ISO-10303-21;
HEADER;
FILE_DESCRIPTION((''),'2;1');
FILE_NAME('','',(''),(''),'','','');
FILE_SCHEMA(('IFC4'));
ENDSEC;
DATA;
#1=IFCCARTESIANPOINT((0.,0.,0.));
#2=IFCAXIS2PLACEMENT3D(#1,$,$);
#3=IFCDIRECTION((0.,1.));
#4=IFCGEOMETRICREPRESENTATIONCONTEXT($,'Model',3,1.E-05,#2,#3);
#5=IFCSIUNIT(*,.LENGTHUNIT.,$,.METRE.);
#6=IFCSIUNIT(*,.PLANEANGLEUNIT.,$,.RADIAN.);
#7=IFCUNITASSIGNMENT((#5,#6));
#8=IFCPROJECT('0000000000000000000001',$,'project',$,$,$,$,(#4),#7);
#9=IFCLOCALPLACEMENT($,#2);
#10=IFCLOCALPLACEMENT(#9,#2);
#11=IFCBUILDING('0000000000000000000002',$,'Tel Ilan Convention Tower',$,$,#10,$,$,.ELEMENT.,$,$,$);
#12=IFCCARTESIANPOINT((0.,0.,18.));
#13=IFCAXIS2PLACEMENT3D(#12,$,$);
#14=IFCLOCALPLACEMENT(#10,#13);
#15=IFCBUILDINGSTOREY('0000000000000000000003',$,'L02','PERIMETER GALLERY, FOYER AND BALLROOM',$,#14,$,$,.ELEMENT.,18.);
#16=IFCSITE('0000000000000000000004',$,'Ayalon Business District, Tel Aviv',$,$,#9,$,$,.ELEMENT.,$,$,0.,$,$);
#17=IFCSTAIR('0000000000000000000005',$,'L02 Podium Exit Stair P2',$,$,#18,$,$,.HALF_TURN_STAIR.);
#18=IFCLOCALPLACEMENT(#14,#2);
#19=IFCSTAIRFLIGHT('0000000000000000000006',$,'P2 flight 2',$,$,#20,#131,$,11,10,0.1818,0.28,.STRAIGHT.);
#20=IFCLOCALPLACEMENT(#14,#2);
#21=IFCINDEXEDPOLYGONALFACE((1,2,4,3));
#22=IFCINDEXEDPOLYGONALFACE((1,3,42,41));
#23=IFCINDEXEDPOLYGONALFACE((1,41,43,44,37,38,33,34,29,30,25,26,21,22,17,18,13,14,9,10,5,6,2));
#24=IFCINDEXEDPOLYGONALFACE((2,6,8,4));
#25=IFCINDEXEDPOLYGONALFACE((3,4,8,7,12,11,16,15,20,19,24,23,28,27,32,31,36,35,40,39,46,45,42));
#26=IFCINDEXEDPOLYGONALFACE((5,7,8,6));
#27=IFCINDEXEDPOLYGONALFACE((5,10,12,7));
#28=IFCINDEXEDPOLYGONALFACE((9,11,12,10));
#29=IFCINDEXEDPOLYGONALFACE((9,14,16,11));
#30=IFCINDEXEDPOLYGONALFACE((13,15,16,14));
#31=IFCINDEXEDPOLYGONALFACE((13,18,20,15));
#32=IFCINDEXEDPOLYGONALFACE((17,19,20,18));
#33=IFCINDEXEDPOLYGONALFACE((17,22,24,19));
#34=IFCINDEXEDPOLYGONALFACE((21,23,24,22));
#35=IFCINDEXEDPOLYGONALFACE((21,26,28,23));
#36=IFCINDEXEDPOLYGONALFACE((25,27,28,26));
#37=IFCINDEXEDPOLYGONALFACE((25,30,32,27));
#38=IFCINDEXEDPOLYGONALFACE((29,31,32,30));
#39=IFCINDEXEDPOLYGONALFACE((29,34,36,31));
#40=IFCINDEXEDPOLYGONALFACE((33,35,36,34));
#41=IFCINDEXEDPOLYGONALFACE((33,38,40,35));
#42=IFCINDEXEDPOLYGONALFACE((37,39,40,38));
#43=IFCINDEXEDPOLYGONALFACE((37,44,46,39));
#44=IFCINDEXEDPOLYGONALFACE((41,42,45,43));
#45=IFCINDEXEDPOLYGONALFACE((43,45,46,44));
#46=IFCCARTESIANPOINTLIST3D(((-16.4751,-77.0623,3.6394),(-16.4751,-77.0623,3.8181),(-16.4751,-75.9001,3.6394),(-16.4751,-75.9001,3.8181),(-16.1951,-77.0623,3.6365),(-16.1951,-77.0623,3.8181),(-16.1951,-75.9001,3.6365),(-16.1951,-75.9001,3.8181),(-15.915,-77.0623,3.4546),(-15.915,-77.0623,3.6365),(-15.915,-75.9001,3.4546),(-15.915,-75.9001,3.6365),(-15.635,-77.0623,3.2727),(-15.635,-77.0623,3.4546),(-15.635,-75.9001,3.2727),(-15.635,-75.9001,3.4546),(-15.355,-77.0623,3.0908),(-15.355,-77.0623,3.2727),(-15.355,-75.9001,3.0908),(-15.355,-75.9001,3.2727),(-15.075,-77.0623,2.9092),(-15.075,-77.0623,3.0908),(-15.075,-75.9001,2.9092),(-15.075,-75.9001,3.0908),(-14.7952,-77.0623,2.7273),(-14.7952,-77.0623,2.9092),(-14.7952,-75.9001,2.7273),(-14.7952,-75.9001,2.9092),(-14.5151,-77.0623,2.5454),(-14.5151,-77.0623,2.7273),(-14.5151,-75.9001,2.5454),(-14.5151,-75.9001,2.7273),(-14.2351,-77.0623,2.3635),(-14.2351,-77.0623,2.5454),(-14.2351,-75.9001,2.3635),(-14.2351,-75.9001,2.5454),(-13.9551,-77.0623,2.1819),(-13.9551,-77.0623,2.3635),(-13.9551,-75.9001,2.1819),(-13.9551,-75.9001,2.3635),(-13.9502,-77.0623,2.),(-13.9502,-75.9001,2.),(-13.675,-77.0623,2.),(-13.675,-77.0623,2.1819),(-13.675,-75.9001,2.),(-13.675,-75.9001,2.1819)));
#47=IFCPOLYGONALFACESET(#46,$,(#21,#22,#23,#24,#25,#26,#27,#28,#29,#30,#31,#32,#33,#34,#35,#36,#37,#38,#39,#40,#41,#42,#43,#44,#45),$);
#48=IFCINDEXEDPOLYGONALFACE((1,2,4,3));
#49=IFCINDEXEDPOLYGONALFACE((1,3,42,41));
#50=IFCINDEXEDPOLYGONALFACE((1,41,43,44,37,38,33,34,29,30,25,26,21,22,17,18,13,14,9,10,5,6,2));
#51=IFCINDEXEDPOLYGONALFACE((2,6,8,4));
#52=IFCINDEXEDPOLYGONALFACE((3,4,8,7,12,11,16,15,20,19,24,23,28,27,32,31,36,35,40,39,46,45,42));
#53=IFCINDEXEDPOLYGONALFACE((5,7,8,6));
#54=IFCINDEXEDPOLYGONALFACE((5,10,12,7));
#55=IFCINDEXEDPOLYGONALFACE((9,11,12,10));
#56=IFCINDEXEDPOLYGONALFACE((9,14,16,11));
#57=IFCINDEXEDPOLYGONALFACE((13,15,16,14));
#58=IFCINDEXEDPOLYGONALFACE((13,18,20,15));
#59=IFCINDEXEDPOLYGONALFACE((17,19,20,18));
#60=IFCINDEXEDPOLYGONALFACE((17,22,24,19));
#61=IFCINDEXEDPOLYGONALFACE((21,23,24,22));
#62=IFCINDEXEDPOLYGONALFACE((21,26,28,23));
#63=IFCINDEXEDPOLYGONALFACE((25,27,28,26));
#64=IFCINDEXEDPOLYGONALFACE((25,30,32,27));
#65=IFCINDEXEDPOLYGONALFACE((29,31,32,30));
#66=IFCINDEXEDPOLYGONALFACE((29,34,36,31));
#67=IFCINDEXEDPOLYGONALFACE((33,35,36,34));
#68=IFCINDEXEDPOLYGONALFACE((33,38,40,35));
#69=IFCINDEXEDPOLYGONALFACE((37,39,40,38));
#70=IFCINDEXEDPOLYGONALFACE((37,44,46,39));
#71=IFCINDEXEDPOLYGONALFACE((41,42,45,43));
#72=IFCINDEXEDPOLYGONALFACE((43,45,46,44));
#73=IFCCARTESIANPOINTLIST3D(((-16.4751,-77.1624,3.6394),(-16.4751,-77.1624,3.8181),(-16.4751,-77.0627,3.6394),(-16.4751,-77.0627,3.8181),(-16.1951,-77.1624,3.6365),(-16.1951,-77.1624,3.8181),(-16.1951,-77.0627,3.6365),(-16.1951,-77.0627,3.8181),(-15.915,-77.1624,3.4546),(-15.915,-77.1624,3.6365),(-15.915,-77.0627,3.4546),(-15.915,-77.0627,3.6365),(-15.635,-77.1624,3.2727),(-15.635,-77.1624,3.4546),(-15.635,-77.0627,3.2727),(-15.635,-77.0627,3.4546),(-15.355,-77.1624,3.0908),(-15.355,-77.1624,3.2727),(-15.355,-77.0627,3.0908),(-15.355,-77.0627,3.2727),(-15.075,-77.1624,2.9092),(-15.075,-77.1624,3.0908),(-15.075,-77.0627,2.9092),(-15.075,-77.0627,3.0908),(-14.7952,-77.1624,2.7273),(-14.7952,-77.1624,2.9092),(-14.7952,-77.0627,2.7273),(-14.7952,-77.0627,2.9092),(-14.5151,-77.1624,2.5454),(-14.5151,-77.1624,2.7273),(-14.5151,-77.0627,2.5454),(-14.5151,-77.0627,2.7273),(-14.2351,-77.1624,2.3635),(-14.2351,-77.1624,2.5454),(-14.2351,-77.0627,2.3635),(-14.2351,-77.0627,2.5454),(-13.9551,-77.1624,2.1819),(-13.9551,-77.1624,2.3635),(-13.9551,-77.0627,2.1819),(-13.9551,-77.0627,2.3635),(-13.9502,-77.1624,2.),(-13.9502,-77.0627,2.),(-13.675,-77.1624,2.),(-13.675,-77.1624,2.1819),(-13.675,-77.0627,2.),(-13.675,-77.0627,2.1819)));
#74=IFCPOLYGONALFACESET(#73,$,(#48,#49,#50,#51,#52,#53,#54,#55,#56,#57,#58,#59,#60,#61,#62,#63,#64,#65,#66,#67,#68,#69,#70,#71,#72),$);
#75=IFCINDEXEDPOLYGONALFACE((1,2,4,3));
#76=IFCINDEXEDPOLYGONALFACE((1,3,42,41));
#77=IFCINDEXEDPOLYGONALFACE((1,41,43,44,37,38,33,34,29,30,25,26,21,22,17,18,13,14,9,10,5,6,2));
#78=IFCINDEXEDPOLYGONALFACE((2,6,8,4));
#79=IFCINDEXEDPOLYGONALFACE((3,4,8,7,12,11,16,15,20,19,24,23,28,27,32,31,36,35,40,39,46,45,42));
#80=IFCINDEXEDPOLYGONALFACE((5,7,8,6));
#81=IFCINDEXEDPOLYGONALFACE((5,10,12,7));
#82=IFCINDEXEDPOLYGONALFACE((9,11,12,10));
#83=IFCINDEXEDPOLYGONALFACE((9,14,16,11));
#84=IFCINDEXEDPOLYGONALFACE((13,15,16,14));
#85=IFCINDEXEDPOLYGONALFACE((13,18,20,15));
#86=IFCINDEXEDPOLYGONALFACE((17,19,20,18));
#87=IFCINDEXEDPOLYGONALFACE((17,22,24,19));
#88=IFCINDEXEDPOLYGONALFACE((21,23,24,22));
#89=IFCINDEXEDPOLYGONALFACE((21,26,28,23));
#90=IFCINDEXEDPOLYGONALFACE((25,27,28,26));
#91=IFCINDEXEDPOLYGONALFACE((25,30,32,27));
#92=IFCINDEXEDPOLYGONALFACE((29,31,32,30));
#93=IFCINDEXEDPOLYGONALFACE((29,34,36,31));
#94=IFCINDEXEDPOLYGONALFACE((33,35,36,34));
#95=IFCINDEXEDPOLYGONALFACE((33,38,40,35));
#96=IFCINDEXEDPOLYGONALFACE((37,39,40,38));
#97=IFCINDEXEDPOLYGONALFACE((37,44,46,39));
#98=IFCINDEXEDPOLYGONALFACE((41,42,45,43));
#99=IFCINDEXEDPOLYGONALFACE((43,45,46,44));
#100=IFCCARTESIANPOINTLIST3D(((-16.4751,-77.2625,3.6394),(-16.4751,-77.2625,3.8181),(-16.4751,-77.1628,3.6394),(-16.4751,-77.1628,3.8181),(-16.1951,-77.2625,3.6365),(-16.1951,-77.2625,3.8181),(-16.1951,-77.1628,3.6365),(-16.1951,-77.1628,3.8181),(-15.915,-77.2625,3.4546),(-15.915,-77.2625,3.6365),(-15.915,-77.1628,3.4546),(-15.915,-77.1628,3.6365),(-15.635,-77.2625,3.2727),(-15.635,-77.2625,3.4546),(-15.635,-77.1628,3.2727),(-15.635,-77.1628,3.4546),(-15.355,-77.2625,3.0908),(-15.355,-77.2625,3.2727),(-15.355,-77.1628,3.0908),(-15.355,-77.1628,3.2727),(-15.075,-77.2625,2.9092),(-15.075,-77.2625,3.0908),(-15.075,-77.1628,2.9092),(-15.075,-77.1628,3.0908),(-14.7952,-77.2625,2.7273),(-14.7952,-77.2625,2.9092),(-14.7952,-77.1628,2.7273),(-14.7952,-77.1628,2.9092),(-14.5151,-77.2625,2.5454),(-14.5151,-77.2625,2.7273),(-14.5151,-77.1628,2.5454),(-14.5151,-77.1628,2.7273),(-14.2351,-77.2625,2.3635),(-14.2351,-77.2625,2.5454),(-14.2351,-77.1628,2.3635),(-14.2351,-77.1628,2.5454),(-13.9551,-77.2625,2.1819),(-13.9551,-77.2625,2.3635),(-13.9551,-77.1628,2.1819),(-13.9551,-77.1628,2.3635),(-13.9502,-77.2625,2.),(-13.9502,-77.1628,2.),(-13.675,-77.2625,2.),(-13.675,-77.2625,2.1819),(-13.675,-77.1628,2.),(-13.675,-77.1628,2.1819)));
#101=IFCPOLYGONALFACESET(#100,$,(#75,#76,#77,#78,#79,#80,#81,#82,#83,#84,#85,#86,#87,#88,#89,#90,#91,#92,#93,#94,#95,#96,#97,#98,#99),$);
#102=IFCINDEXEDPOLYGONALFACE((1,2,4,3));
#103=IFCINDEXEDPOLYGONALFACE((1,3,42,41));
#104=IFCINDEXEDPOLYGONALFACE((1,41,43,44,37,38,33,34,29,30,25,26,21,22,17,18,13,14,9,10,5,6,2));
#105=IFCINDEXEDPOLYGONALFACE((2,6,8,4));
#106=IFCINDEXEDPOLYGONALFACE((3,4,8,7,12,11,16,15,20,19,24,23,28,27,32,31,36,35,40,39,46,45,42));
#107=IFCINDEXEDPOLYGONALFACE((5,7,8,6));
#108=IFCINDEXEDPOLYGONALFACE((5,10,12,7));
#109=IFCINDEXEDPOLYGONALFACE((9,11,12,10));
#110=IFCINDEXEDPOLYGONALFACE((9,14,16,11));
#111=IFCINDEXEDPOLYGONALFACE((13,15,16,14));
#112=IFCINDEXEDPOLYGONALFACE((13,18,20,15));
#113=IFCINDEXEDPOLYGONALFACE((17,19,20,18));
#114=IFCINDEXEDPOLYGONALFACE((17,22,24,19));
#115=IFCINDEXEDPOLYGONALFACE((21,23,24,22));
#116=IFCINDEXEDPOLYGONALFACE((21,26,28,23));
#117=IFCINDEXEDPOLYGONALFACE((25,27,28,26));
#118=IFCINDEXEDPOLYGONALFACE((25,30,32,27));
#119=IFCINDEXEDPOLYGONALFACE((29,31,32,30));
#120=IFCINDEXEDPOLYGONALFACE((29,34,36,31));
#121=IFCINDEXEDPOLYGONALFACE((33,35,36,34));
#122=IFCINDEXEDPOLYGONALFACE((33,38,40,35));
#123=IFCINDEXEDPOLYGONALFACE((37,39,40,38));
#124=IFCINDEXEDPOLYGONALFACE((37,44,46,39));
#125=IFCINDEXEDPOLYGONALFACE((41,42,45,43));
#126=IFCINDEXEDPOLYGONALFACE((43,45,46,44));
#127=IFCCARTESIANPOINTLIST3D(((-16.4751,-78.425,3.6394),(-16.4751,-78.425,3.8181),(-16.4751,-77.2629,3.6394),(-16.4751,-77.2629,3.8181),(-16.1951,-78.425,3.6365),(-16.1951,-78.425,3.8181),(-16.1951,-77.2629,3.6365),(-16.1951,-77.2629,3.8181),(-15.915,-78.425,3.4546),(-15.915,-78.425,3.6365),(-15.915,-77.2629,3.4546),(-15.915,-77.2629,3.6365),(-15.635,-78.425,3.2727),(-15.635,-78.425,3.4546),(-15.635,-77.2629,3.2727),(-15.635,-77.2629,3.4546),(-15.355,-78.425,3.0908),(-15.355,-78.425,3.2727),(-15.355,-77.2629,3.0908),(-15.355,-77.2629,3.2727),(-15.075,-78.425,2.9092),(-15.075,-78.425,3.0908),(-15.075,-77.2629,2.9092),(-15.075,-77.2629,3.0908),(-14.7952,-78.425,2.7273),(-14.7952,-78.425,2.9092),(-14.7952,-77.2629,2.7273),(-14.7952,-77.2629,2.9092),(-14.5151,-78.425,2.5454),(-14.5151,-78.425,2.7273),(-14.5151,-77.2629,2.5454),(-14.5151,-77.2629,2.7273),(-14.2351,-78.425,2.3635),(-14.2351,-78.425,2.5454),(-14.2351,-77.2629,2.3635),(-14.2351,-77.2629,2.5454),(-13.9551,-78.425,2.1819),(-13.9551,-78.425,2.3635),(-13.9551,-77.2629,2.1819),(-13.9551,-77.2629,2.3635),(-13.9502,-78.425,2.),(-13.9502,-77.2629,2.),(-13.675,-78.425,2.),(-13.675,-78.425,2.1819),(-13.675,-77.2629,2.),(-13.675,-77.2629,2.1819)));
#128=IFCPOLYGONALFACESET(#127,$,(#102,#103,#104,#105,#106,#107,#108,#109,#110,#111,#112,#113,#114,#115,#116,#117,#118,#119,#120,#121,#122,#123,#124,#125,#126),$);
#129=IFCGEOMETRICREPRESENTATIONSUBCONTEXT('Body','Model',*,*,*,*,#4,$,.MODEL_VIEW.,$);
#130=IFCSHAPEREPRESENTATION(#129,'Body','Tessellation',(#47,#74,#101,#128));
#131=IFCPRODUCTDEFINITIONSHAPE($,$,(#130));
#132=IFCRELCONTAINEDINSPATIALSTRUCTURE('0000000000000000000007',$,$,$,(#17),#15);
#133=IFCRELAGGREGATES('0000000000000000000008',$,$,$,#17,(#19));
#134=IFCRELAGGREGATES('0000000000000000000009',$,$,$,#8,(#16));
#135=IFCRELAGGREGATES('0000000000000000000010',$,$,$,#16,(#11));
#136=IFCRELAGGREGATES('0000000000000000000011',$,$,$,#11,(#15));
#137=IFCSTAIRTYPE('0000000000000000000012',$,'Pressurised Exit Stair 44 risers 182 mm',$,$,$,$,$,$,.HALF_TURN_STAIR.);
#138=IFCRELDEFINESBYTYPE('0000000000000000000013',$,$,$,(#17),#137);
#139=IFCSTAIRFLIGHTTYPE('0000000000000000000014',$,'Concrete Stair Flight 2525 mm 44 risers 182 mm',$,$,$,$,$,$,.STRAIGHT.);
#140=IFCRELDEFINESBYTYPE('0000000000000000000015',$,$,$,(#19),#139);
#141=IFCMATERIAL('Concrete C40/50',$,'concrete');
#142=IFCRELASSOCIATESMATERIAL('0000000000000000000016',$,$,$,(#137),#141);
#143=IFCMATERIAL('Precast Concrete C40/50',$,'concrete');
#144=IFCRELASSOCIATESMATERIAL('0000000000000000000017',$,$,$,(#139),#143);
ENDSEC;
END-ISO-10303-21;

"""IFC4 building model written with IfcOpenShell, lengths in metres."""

from ifc_helpers import new_model, si_unit, direction, frame, origin, place, context, subcontext, project, spatial, polyline, outline, extrude, material, type_object, element, aggregate, save


model = new_model("IFC4")

# Units and contexts
model_context = context("Model", 3, precision=1e-05, world=origin(), true_north=direction((0.0, 1.0)))
body_context = subcontext(model_context, "Body", "Model", "MODEL_VIEW")
ifc_project = project(units=[si_unit("LENGTHUNIT", "METRE"), si_unit("PLANEANGLEUNIT", "RADIAN")], contexts=[model_context])

# Site, building, storey
site_placement = place(None, origin())
site = spatial("IfcSite", under=ifc_project, at=site_placement, Name="Ayalon Business District, Tel Aviv", CompositionType="ELEMENT", RefElevation=0.0)
building_placement = place(site_placement, origin())
building = spatial("IfcBuilding", under=site, at=building_placement, Name="Tel Ilan Convention Tower", CompositionType="ELEMENT")
storey_placement = place(building_placement, frame((0.0, 0.0, 18.0)))
storey = spatial("IfcBuildingStorey", under=building, at=storey_placement, Name="L02", Description="PERIMETER GALLERY, FOYER AND BALLROOM", CompositionType="ELEMENT", Elevation=18.0)

# Stair, stair flight
ifc_material_1 = material(Name="Concrete C40/50", Category="concrete")
stair_type = type_object("IfcStairType", Name="Pressurised Exit Stair 44 risers 182 mm", PredefinedType="HALF_TURN_STAIR", material=ifc_material_1)
stair_placement = place(storey_placement, origin())
stair = element("IfcStair", 1, at=stair_placement, inside=storey, type_object=stair_type, Name="L02 Podium Exit Stair P2", PredefinedType="HALF_TURN_STAIR")
ifc_material_2 = material(Name="Precast Concrete C40/50", Category="concrete")
stair_flight_type = type_object("IfcStairFlightType", Name="Concrete Stair Flight 2525 mm 44 risers 182 mm", PredefinedType="STRAIGHT", material=ifc_material_2)
stair_flight_1_placement = place(storey_placement, frame((-13.675, -77.1626, 2.0), z_axis=(0.0, 0.0, 1.0), x_axis=(-1.0, 0.0, 0.0)))
stair_flight_1 = element("IfcStairFlight", 2, at=stair_flight_1_placement, type_object=stair_flight_type, Name="P2 flight 2", NumberOfRisers=11, NumberOfTreads=10, PredefinedType="STRAIGHT", RiserHeight=0.1818, TreadLength=0.28, context=body_context, shape_type="SweptSolid", body=[
    extrude(outline(polyline([(0.0, 0.0), (0.0, 0.1819), (0.28, 0.1819), (0.28, 0.3635), (0.5601, 0.3635), (0.5601, 0.5454), (0.8401, 0.5454), (0.8401, 0.7273), (1.1201, 0.7273), (1.1201, 0.9092), (1.3999, 0.9092), (1.3999, 1.0908), (1.6799, 1.0908), (1.6799, 1.2727), (1.96, 1.2727), (1.96, 1.4546), (2.24, 1.4546), (2.24, 1.6365), (2.52, 1.6365), (2.52, 1.8181), (2.8, 1.8181), (2.8, 2.0), (2.8, 1.6394), (0.2751, 0.0), (0.0, 0.0)])), frame((0.0, -0.1003, 0.0), z_axis=(0.0, -1.0, 0.0), x_axis=(1.0, 0.0, 0.0)), (0.0, 0.0, 1.0), 1.1621),
    extrude(outline(polyline([(0.0, 0.0), (0.0, 0.1819), (0.28, 0.1819), (0.28, 0.3635), (0.5601, 0.3635), (0.5601, 0.5454), (0.8401, 0.5454), (0.8401, 0.7273), (1.1201, 0.7273), (1.1201, 0.9092), (1.3999, 0.9092), (1.3999, 1.0908), (1.6799, 1.0908), (1.6799, 1.2727), (1.96, 1.2727), (1.96, 1.4546), (2.24, 1.4546), (2.24, 1.6365), (2.52, 1.6365), (2.52, 1.8181), (2.8, 1.8181), (2.8, 2.0), (2.8, 1.6394), (0.2751, 0.0), (0.0, 0.0)])), frame((0.0, -0.0002, 0.0), z_axis=(0.0, -1.0, 0.0), x_axis=(1.0, 0.0, 0.0)), (0.0, 0.0, 1.0), 0.0996),
    extrude(outline(polyline([(0.0, 0.0), (0.0, 0.1819), (0.28, 0.1819), (0.28, 0.3635), (0.5601, 0.3635), (0.5601, 0.5454), (0.8401, 0.5454), (0.8401, 0.7273), (1.1201, 0.7273), (1.1201, 0.9092), (1.3999, 0.9092), (1.3999, 1.0908), (1.6799, 1.0908), (1.6799, 1.2727), (1.96, 1.2727), (1.96, 1.4546), (2.24, 1.4546), (2.24, 1.6365), (2.52, 1.6365), (2.52, 1.8181), (2.8, 1.8181), (2.8, 2.0), (2.8, 1.6394), (0.2751, 0.0), (0.0, 0.0)])), frame((0.0, 0.0999, 0.0), z_axis=(0.0, -1.0, 0.0), x_axis=(1.0, 0.0, 0.0)), (0.0, 0.0, 1.0), 0.0996),
    extrude(outline(polyline([(0.0, 0.0), (0.0, 0.1819), (0.28, 0.1819), (0.28, 0.3635), (0.5601, 0.3635), (0.5601, 0.5454), (0.8401, 0.5454), (0.8401, 0.7273), (1.1201, 0.7273), (1.1201, 0.9092), (1.3999, 0.9092), (1.3999, 1.0908), (1.6799, 1.0908), (1.6799, 1.2727), (1.96, 1.2727), (1.96, 1.4546), (2.24, 1.4546), (2.24, 1.6365), (2.52, 1.6365), (2.52, 1.8181), (2.8, 1.8181), (2.8, 2.0), (2.8, 1.6394), (0.2751, 0.0), (0.0, 0.0)])), frame((0.0, 1.2625, 0.0), z_axis=(0.0, -1.0, 0.0), x_axis=(1.0, 0.0, 0.0)), (0.0, 0.0, 1.0), 1.1621),
])
aggregate(stair, [stair_flight_1])

save(model, "model.ifc")
